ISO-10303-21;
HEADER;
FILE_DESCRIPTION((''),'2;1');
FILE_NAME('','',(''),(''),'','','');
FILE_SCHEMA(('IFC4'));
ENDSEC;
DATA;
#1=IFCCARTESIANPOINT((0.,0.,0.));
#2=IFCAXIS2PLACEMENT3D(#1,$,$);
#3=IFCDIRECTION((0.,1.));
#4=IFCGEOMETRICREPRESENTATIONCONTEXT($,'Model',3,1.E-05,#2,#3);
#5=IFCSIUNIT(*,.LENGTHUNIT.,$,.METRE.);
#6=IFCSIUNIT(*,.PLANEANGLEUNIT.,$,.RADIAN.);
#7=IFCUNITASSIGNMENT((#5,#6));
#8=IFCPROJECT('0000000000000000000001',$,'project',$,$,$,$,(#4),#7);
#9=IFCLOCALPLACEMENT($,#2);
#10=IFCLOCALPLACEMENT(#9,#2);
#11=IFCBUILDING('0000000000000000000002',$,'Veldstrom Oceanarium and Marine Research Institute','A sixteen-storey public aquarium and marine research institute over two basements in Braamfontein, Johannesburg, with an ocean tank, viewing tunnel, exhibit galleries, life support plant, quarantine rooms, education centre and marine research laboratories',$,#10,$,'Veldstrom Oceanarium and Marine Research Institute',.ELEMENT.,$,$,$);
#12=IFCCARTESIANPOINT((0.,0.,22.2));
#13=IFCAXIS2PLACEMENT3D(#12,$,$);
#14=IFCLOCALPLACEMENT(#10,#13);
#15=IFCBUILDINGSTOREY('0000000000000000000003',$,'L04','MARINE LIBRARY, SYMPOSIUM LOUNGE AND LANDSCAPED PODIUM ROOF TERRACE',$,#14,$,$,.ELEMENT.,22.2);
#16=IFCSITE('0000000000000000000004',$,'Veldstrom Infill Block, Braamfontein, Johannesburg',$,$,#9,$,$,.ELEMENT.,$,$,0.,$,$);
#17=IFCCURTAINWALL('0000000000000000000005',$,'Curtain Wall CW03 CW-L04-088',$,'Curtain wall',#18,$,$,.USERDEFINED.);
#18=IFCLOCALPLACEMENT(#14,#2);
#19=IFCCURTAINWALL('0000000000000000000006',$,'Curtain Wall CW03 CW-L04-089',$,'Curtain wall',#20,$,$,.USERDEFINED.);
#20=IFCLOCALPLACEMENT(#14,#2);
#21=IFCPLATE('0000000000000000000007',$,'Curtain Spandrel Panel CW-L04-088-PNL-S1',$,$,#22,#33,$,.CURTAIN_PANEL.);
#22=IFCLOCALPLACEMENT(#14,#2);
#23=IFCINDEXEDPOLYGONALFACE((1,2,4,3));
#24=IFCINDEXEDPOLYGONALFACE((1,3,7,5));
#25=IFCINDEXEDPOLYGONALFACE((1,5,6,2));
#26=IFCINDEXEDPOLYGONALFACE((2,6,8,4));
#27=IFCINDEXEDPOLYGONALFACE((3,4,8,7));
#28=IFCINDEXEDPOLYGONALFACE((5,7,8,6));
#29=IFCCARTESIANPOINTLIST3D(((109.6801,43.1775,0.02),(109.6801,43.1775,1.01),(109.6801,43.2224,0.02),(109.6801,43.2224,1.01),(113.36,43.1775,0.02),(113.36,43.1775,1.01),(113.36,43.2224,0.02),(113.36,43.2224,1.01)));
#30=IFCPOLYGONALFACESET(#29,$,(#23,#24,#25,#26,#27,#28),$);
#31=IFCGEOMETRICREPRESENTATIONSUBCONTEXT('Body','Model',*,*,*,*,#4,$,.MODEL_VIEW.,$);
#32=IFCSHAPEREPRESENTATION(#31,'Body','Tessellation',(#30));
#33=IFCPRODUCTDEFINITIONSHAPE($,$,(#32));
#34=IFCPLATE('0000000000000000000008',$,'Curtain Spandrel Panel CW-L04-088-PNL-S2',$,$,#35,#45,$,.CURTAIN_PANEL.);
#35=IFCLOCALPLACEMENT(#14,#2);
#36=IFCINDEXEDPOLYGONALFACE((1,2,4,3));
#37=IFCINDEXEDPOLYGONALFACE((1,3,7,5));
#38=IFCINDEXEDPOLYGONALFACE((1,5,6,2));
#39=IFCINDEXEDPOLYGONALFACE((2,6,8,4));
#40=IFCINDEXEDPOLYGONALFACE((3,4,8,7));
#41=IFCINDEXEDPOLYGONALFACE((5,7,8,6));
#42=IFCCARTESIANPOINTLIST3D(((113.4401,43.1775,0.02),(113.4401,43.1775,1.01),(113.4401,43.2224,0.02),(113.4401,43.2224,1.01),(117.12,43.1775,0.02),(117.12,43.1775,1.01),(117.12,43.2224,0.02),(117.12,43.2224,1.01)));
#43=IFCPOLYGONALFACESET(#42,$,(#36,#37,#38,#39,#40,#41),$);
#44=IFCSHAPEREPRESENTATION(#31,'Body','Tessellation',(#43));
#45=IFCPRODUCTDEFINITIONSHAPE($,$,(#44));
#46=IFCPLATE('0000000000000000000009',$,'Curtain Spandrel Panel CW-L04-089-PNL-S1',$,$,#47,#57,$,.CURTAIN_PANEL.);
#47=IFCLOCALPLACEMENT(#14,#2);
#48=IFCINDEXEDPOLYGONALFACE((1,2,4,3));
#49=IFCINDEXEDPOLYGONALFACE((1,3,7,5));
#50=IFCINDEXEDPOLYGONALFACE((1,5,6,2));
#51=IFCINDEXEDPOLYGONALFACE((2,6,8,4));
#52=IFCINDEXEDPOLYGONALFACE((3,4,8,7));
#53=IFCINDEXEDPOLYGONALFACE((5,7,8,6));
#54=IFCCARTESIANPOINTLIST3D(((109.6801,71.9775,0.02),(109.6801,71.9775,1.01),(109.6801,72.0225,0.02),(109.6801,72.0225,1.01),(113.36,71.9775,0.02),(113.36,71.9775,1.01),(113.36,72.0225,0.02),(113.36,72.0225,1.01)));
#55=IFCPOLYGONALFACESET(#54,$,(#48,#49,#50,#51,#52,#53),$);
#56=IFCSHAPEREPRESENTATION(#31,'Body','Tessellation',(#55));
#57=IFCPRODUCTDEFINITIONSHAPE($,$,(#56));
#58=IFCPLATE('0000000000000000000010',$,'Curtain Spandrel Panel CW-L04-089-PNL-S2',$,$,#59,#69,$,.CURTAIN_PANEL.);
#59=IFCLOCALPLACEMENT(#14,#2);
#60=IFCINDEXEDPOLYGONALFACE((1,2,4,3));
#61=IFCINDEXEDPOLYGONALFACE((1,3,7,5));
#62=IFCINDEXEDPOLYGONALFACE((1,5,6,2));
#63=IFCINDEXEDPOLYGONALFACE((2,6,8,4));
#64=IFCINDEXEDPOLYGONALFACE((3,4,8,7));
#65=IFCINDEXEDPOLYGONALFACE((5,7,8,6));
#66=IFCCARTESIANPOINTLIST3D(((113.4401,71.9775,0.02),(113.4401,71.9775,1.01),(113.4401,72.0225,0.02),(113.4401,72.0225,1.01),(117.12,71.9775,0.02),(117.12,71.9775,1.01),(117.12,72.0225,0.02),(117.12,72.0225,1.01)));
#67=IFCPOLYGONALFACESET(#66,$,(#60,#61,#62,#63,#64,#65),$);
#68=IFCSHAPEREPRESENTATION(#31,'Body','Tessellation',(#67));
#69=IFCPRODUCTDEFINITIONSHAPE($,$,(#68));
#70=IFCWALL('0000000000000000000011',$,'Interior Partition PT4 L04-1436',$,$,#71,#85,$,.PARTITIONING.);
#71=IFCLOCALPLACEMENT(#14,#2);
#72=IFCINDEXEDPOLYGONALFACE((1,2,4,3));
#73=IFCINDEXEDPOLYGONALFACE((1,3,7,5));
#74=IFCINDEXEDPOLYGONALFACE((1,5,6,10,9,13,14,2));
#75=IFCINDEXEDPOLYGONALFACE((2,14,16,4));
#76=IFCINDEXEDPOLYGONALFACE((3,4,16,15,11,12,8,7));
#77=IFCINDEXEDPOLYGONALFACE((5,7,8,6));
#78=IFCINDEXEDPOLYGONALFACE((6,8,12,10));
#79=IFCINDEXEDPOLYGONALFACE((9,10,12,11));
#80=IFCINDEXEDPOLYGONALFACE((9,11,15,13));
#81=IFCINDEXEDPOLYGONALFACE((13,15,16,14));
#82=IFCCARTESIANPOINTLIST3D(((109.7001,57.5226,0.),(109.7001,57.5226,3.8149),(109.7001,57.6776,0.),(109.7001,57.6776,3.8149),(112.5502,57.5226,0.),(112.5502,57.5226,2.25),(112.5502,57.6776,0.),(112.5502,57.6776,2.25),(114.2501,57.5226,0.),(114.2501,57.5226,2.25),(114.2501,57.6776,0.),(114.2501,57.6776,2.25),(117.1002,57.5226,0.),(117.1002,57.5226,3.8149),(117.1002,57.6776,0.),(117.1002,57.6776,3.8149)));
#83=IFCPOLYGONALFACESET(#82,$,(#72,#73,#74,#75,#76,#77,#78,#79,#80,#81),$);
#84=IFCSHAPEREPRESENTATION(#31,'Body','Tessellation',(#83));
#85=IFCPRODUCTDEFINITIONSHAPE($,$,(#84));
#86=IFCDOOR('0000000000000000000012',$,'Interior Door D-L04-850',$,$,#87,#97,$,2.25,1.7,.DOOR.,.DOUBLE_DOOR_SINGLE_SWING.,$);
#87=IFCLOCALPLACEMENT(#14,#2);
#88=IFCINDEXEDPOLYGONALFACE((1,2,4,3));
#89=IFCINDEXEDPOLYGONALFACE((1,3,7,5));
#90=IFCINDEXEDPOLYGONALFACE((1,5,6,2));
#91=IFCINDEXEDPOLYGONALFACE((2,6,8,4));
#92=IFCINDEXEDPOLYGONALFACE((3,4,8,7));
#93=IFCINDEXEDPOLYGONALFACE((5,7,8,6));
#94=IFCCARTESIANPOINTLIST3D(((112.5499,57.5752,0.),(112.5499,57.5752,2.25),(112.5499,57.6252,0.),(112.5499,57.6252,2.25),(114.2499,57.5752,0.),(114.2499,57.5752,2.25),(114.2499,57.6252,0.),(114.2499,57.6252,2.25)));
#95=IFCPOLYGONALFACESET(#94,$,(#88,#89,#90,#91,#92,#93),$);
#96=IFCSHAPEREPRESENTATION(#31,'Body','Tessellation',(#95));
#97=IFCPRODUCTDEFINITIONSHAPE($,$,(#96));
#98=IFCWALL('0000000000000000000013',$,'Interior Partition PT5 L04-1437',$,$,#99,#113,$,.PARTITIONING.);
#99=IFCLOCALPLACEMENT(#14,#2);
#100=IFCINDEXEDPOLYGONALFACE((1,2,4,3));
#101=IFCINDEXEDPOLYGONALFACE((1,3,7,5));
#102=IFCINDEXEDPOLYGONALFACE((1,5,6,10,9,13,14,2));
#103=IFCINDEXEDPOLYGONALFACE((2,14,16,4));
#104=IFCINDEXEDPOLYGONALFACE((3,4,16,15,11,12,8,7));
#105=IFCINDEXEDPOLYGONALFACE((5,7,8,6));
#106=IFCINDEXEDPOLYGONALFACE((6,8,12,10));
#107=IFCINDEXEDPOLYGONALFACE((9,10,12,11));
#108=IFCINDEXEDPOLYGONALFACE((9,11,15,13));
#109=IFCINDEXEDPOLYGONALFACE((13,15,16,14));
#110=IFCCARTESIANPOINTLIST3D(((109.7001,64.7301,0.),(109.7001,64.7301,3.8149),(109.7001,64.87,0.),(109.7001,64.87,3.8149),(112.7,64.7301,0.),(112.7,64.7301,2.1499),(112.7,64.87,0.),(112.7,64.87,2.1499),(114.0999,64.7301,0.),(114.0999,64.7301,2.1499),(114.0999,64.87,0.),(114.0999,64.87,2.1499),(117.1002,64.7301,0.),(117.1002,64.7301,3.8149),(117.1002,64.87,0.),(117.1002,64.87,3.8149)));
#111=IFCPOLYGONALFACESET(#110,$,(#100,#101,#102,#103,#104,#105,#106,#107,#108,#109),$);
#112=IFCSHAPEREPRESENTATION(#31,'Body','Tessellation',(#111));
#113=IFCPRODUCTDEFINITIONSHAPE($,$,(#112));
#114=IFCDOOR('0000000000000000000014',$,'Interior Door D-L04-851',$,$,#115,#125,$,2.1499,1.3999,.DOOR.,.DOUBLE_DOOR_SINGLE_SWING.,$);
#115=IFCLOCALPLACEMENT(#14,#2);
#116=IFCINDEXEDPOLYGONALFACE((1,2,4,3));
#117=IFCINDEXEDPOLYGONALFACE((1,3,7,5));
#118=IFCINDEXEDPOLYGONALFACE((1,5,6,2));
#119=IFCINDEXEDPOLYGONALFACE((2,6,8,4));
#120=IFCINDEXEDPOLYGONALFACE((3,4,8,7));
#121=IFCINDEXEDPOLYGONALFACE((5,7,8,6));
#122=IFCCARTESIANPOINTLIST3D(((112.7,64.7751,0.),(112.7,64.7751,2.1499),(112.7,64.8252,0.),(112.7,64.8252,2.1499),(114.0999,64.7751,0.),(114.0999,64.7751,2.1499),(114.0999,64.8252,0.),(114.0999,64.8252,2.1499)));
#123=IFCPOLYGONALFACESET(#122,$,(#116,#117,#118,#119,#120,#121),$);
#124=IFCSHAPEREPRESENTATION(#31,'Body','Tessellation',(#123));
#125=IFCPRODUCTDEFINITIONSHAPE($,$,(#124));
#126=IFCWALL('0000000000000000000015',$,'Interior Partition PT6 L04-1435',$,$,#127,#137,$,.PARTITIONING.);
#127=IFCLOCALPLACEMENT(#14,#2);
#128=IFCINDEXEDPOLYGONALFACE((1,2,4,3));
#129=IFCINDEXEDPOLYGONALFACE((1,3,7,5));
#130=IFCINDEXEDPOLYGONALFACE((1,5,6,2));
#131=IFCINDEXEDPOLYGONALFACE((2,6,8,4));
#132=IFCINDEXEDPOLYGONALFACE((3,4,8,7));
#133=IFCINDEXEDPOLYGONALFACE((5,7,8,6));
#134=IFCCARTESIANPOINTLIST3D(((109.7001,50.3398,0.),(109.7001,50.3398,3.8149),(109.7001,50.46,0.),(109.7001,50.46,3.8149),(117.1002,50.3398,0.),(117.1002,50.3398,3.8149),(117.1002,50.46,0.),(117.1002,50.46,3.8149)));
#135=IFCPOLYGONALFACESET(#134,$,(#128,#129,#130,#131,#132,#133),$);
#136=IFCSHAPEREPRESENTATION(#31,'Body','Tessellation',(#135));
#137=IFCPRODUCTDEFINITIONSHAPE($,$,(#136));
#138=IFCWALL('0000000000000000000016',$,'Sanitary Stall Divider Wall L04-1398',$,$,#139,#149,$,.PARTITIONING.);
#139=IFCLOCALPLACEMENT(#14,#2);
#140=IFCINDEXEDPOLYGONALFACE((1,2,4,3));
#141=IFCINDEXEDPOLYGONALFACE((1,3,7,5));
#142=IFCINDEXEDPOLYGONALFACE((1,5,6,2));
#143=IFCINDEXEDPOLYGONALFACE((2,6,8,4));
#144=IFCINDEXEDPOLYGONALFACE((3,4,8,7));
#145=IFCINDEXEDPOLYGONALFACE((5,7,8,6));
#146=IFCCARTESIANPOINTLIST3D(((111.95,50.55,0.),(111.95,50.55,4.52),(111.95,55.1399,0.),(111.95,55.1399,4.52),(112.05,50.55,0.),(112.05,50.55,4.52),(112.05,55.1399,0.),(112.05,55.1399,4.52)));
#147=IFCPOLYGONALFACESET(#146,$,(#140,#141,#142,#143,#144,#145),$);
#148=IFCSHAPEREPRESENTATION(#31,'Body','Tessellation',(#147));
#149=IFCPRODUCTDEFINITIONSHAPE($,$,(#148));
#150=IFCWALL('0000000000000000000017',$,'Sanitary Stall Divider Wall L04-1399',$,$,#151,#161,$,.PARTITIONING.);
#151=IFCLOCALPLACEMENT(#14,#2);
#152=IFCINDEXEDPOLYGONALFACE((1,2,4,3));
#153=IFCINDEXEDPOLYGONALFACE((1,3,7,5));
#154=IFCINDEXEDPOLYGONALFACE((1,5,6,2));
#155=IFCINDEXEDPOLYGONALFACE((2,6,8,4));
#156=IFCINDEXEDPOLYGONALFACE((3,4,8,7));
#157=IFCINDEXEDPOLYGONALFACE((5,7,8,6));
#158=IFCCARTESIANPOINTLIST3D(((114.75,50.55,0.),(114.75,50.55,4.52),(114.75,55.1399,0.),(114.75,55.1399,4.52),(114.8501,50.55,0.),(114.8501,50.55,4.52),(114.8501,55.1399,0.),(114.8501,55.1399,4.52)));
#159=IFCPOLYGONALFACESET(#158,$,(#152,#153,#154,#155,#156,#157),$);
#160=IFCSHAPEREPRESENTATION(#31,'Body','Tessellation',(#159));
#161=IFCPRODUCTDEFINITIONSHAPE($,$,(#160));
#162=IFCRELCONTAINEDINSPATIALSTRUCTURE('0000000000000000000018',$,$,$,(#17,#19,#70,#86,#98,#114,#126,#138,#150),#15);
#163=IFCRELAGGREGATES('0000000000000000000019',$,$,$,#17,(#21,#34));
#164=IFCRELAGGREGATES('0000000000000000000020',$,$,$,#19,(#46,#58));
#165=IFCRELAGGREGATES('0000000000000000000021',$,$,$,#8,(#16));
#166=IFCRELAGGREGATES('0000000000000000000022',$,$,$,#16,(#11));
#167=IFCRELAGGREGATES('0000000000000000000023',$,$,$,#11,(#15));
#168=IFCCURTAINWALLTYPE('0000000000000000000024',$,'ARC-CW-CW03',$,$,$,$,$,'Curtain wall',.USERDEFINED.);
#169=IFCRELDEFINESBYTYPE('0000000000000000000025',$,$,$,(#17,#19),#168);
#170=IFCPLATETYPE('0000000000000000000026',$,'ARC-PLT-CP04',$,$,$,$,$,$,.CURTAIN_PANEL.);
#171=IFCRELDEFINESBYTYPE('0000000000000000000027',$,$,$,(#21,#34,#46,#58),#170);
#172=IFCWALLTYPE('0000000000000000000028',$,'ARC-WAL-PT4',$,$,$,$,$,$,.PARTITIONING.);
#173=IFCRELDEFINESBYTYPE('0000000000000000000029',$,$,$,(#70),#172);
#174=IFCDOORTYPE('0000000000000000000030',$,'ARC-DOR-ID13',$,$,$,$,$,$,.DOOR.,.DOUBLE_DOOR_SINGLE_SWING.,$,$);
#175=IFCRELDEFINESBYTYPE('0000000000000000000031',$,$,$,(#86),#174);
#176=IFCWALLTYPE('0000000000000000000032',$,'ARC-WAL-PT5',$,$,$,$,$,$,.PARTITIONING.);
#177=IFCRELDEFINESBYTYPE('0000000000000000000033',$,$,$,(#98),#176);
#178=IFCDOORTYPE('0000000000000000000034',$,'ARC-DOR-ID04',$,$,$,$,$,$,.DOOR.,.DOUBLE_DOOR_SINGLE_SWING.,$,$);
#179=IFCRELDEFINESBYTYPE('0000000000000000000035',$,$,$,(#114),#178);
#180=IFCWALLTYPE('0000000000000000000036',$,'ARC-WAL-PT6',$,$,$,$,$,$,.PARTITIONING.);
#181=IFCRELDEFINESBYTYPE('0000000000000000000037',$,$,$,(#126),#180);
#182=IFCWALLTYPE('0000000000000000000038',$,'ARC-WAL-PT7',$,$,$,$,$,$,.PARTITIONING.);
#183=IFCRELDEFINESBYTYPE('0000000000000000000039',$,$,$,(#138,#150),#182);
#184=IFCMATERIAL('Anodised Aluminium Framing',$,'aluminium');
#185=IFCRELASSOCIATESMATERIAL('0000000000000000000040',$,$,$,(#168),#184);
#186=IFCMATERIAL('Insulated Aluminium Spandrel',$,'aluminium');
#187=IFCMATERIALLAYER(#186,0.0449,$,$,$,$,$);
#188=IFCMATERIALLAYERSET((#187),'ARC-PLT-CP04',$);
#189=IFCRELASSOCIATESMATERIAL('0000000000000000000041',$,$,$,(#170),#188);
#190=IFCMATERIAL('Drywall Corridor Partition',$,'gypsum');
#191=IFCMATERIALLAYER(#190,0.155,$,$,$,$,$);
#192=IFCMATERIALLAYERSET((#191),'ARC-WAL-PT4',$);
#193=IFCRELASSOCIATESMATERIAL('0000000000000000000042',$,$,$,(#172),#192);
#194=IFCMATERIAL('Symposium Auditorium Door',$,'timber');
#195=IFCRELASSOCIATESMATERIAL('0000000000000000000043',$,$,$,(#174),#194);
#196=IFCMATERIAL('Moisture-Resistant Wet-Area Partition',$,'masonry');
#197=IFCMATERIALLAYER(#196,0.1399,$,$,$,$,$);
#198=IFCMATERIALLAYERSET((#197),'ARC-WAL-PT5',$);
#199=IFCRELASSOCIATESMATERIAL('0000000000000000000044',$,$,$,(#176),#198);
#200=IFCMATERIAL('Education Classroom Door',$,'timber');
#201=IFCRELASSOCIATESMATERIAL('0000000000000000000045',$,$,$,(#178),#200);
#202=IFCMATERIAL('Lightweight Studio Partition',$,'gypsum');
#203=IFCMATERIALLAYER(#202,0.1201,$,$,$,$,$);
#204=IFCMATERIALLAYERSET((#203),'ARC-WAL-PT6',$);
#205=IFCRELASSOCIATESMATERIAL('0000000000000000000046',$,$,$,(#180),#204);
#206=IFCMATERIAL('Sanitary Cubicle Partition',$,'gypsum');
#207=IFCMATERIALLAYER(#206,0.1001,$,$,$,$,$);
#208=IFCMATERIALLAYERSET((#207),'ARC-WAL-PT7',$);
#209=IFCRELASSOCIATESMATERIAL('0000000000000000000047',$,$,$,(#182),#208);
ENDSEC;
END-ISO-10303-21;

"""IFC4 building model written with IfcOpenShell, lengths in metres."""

from ifc_helpers import new_model, si_unit, direction, frame, frame_2d, origin, origin_2d, place, context, subcontext, project, spatial, rectangle, extrude, material, layer, layer_set, type_object, element, fill, aggregate, save


model = new_model("IFC4")

# Units and contexts
model_context = context("Model", 3, precision=1e-05, world=origin(), true_north=direction((0.0, 1.0)))
body_context = subcontext(model_context, "Body", "Model", "MODEL_VIEW")
ifc_project = project(units=[si_unit("LENGTHUNIT", "METRE"), si_unit("PLANEANGLEUNIT", "RADIAN")], contexts=[model_context])

# Site, building, storey
site_placement = place(None, origin())
site = spatial("IfcSite", under=ifc_project, at=site_placement, Name="Veldstrom Infill Block, Braamfontein, Johannesburg", CompositionType="ELEMENT", RefElevation=0.0)
building_placement = place(site_placement, origin())
building = spatial("IfcBuilding", under=site, at=building_placement, Name="Veldstrom Oceanarium and Marine Research Institute", Description="A sixteen-storey public aquarium and marine research institute over two basements in Braamfontein, Johannesburg, with an ocean tank, viewing tunnel, exhibit galleries, life support plant, quarantine rooms, education centre and marine research laboratories", LongName="Veldstrom Oceanarium and Marine Research Institute", CompositionType="ELEMENT")
storey_placement = place(building_placement, frame((0.0, 0.0, 22.2)))
storey = spatial("IfcBuildingStorey", under=building, at=storey_placement, Name="L04", Description="MARINE LIBRARY, SYMPOSIUM LOUNGE AND LANDSCAPED PODIUM ROOF TERRACE", CompositionType="ELEMENT", Elevation=22.2)

# Curtain walls
ifc_material_1 = material(Name="Anodised Aluminium Framing", Category="aluminium")
curtain_wall_type = type_object("IfcCurtainWallType", Name="ARC-CW-CW03", ElementType="Curtain wall", PredefinedType="USERDEFINED", material=ifc_material_1)
curtain_wall_1_placement = place(storey_placement, origin())
curtain_wall_1 = element("IfcCurtainWall", 1, at=curtain_wall_1_placement, inside=storey, type_object=curtain_wall_type, Name="Curtain Wall CW03 CW-L04-088", ObjectType="Curtain wall", PredefinedType="USERDEFINED")
curtain_wall_2_placement = place(storey_placement, origin())
curtain_wall_2 = element("IfcCurtainWall", 2, at=curtain_wall_2_placement, inside=storey, type_object=curtain_wall_type, Name="Curtain Wall CW03 CW-L04-089", ObjectType="Curtain wall", PredefinedType="USERDEFINED")

# Plates
ifc_material_2 = material(Name="Insulated Aluminium Spandrel", Category="aluminium")
ifc_layer_1 = layer(ifc_material_2, 0.0449)
ifc_layer_set_1 = layer_set([ifc_layer_1], Name="ARC-PLT-CP04")
plate_type_1 = type_object("IfcPlateType", Name="ARC-PLT-CP04", PredefinedType="CURTAIN_PANEL", material=ifc_layer_set_1)
plate_1_placement = place(storey_placement, frame((111.52, 43.2, 0.02), z_axis=(0.0, 0.0, 1.0), x_axis=(1.0, 0.0, 0.0)))
plate_1 = element("IfcPlate", 3, at=plate_1_placement, type_object=plate_type_1, Name="Curtain Spandrel Panel CW-L04-088-PNL-S1", PredefinedType="CURTAIN_PANEL", context=body_context, shape_type="SweptSolid", body=[
    extrude(rectangle(XDim=3.6799, YDim=0.0449, at=origin_2d()), origin(), (0.0, 0.0, 1.0), 0.99),
])
plate_2_placement = place(storey_placement, frame((115.28, 43.2, 0.02), z_axis=(0.0, 0.0, 1.0), x_axis=(1.0, 0.0, 0.0)))
plate_2 = element("IfcPlate", 4, at=plate_2_placement, type_object=plate_type_1, Name="Curtain Spandrel Panel CW-L04-088-PNL-S2", PredefinedType="CURTAIN_PANEL", context=body_context, shape_type="SweptSolid", body=[
    extrude(rectangle(XDim=3.6799, YDim=0.0449, at=origin_2d()), origin(), (0.0, 0.0, 1.0), 0.99),
])
aggregate(curtain_wall_1, [plate_1, plate_2])
plate_3_placement = place(storey_placement, frame((111.52, 72.0, 0.02), z_axis=(0.0, 0.0, 1.0), x_axis=(1.0, 0.0, 0.0)))
plate_3 = element("IfcPlate", 5, at=plate_3_placement, type_object=plate_type_1, Name="Curtain Spandrel Panel CW-L04-089-PNL-S1", PredefinedType="CURTAIN_PANEL", context=body_context, shape_type="SweptSolid", body=[
    extrude(rectangle(XDim=3.6799, YDim=0.0449, at=origin_2d()), origin(), (0.0, 0.0, 1.0), 0.99),
])
plate_4_placement = place(storey_placement, frame((115.28, 72.0, 0.02), z_axis=(0.0, 0.0, 1.0), x_axis=(1.0, 0.0, 0.0)))
plate_4 = element("IfcPlate", 6, at=plate_4_placement, type_object=plate_type_1, Name="Curtain Spandrel Panel CW-L04-089-PNL-S2", PredefinedType="CURTAIN_PANEL", context=body_context, shape_type="SweptSolid", body=[
    extrude(rectangle(XDim=3.6799, YDim=0.0449, at=origin_2d()), origin(), (0.0, 0.0, 1.0), 0.99),
])
aggregate(curtain_wall_2, [plate_3, plate_4])

# Walls, openings, doors
ifc_material_3 = material(Name="Drywall Corridor Partition", Category="gypsum")
ifc_layer_2 = layer(ifc_material_3, 0.155)
ifc_layer_set_2 = layer_set([ifc_layer_2], Name="ARC-WAL-PT4")
wall_type_1 = type_object("IfcWallType", Name="ARC-WAL-PT4", PredefinedType="PARTITIONING", material=ifc_layer_set_2)
wall_1_placement = place(storey_placement, frame((109.7, 57.6001, 0.0), z_axis=(0.0, 0.0, 1.0), x_axis=(1.0, 0.0, 0.0)))
wall_1 = element("IfcWall", 7, at=wall_1_placement, inside=storey, type_object=wall_type_1, Name="Interior Partition PT4 L04-1436", PredefinedType="PARTITIONING", context=body_context, shape_type="SweptSolid", body=[
    extrude(rectangle(XDim=7.4001, YDim=0.155, at=frame_2d((3.7002, 0.0))), origin(), (0.0, 0.0, 1.0), 3.8149),
])
opening_1_placement = place(wall_1_placement, frame((2.8501, 0.0, 0.0)))
opening_1 = element("IfcOpeningElement", 8, at=opening_1_placement, cuts=wall_1, PredefinedType="OPENING", context=body_context, shape_type="SweptSolid", body=[
    extrude(rectangle(XDim=1.7, YDim=2.25, at=frame_2d((0.8501, 1.125))), frame((0.0, 0.0874, 0.0), z_axis=(0.0, -1.0, 0.0), x_axis=(1.0, 0.0, 0.0)), (0.0, 0.0, 1.0), 0.175),
])
ifc_material_4 = material(Name="Symposium Auditorium Door", Category="timber")
door_type_1 = type_object("IfcDoorType", Name="ARC-DOR-ID13", OperationType="DOUBLE_DOOR_SINGLE_SWING", PredefinedType="DOOR", material=ifc_material_4)
door_1_placement = place(opening_1_placement, frame((1.7, 0.0, 0.0), z_axis=(0.0, 0.0, 1.0), x_axis=(-1.0, 0.0, 0.0)))
door_1 = element("IfcDoor", 9, at=door_1_placement, inside=storey, type_object=door_type_1, Name="Interior Door D-L04-850", OperationType="DOUBLE_DOOR_SINGLE_SWING", OverallHeight=2.25, OverallWidth=1.7, PredefinedType="DOOR", context=body_context, shape_type="SweptSolid", body=[
    extrude(rectangle(XDim=1.7, YDim=2.25, at=frame_2d((0.8501, 1.125))), frame((0.0, 0.0249, 0.0), z_axis=(0.0, -1.0, 0.0), x_axis=(1.0, 0.0, 0.0)), (0.0, 0.0, 1.0), 0.05),
])
fill(opening_1, door_1)
ifc_material_5 = material(Name="Moisture-Resistant Wet-Area Partition", Category="masonry")
ifc_layer_3 = layer(ifc_material_5, 0.1399)
ifc_layer_set_3 = layer_set([ifc_layer_3], Name="ARC-WAL-PT5")
wall_type_2 = type_object("IfcWallType", Name="ARC-WAL-PT5", PredefinedType="PARTITIONING", material=ifc_layer_set_3)
wall_2_placement = place(storey_placement, frame((109.7, 64.8, 0.0), z_axis=(0.0, 0.0, 1.0), x_axis=(1.0, 0.0, 0.0)))
wall_2 = element("IfcWall", 10, at=wall_2_placement, inside=storey, type_object=wall_type_2, Name="Interior Partition PT5 L04-1437", PredefinedType="PARTITIONING", context=body_context, shape_type="SweptSolid", body=[
    extrude(rectangle(XDim=7.4001, YDim=0.1399, at=frame_2d((3.7002, 0.0))), origin(), (0.0, 0.0, 1.0), 3.8149),
])
opening_2_placement = place(wall_2_placement, frame((3.0, 0.0, 0.0)))
opening_2 = element("IfcOpeningElement", 11, at=opening_2_placement, cuts=wall_2, PredefinedType="OPENING", context=body_context, shape_type="SweptSolid", body=[
    extrude(rectangle(XDim=1.3999, YDim=2.1499, at=frame_2d((0.7, 1.075))), frame((0.0, 0.0798, 0.0), z_axis=(0.0, -1.0, 0.0), x_axis=(1.0, 0.0, 0.0)), (0.0, 0.0, 1.0), 0.1599),
])
ifc_material_6 = material(Name="Education Classroom Door", Category="timber")
door_type_2 = type_object("IfcDoorType", Name="ARC-DOR-ID04", OperationType="DOUBLE_DOOR_SINGLE_SWING", PredefinedType="DOOR", material=ifc_material_6)
door_2_placement = place(opening_2_placement, frame((1.3999, 0.0, 0.0), z_axis=(0.0, 0.0, 1.0), x_axis=(-1.0, 0.0, 0.0)))
door_2 = element("IfcDoor", 12, at=door_2_placement, inside=storey, type_object=door_type_2, Name="Interior Door D-L04-851", OperationType="DOUBLE_DOOR_SINGLE_SWING", OverallHeight=2.1499, OverallWidth=1.3999, PredefinedType="DOOR", context=body_context, shape_type="SweptSolid", body=[
    extrude(rectangle(XDim=1.3999, YDim=2.1499, at=frame_2d((0.7, 1.075))), frame((0.0, 0.0249, 0.0), z_axis=(0.0, -1.0, 0.0), x_axis=(1.0, 0.0, 0.0)), (0.0, 0.0, 1.0), 0.05),
])
fill(opening_2, door_2)

# Walls
ifc_material_7 = material(Name="Lightweight Studio Partition", Category="gypsum")
ifc_layer_4 = layer(ifc_material_7, 0.1201)
ifc_layer_set_4 = layer_set([ifc_layer_4], Name="ARC-WAL-PT6")
wall_type_3 = type_object("IfcWallType", Name="ARC-WAL-PT6", PredefinedType="PARTITIONING", material=ifc_layer_set_4)
wall_3_placement = place(storey_placement, frame((109.7, 50.3999, 0.0), z_axis=(0.0, 0.0, 1.0), x_axis=(1.0, 0.0, 0.0)))
element("IfcWall", 13, at=wall_3_placement, inside=storey, type_object=wall_type_3, Name="Interior Partition PT6 L04-1435", PredefinedType="PARTITIONING", context=body_context, shape_type="SweptSolid", body=[
    extrude(rectangle(XDim=7.4001, YDim=0.1201, at=frame_2d((3.7002, 0.0))), origin(), (0.0, 0.0, 1.0), 3.8149),
])
ifc_material_8 = material(Name="Sanitary Cubicle Partition", Category="gypsum")
ifc_layer_5 = layer(ifc_material_8, 0.1001)
ifc_layer_set_5 = layer_set([ifc_layer_5], Name="ARC-WAL-PT7")
wall_type_4 = type_object("IfcWallType", Name="ARC-WAL-PT7", PredefinedType="PARTITIONING", material=ifc_layer_set_5)
for number, where, z_axis, x_axis, name in (
    (14, (112.0, 50.55, 0.0), (0.0, 0.0, 1.0), (0.0, 1.0, 0.0), "Sanitary Stall Divider Wall L04-1398"),
    (15, (114.8, 50.55, 0.0), (0.0, 0.0, 1.0), (0.0, 1.0, 0.0), "Sanitary Stall Divider Wall L04-1399"),
):
    element("IfcWall", number, at=place(storey_placement, frame(where, z_axis=z_axis, x_axis=x_axis)), inside=storey, type_object=wall_type_4, Name=name, PredefinedType="PARTITIONING", context=body_context, shape_type="SweptSolid", body=[
        extrude(rectangle(XDim=4.5898, YDim=0.1001, at=frame_2d((2.2949, 0.0))), origin(), (0.0, 0.0, 1.0), 4.52),
    ])

save(model, "model.ifc")
